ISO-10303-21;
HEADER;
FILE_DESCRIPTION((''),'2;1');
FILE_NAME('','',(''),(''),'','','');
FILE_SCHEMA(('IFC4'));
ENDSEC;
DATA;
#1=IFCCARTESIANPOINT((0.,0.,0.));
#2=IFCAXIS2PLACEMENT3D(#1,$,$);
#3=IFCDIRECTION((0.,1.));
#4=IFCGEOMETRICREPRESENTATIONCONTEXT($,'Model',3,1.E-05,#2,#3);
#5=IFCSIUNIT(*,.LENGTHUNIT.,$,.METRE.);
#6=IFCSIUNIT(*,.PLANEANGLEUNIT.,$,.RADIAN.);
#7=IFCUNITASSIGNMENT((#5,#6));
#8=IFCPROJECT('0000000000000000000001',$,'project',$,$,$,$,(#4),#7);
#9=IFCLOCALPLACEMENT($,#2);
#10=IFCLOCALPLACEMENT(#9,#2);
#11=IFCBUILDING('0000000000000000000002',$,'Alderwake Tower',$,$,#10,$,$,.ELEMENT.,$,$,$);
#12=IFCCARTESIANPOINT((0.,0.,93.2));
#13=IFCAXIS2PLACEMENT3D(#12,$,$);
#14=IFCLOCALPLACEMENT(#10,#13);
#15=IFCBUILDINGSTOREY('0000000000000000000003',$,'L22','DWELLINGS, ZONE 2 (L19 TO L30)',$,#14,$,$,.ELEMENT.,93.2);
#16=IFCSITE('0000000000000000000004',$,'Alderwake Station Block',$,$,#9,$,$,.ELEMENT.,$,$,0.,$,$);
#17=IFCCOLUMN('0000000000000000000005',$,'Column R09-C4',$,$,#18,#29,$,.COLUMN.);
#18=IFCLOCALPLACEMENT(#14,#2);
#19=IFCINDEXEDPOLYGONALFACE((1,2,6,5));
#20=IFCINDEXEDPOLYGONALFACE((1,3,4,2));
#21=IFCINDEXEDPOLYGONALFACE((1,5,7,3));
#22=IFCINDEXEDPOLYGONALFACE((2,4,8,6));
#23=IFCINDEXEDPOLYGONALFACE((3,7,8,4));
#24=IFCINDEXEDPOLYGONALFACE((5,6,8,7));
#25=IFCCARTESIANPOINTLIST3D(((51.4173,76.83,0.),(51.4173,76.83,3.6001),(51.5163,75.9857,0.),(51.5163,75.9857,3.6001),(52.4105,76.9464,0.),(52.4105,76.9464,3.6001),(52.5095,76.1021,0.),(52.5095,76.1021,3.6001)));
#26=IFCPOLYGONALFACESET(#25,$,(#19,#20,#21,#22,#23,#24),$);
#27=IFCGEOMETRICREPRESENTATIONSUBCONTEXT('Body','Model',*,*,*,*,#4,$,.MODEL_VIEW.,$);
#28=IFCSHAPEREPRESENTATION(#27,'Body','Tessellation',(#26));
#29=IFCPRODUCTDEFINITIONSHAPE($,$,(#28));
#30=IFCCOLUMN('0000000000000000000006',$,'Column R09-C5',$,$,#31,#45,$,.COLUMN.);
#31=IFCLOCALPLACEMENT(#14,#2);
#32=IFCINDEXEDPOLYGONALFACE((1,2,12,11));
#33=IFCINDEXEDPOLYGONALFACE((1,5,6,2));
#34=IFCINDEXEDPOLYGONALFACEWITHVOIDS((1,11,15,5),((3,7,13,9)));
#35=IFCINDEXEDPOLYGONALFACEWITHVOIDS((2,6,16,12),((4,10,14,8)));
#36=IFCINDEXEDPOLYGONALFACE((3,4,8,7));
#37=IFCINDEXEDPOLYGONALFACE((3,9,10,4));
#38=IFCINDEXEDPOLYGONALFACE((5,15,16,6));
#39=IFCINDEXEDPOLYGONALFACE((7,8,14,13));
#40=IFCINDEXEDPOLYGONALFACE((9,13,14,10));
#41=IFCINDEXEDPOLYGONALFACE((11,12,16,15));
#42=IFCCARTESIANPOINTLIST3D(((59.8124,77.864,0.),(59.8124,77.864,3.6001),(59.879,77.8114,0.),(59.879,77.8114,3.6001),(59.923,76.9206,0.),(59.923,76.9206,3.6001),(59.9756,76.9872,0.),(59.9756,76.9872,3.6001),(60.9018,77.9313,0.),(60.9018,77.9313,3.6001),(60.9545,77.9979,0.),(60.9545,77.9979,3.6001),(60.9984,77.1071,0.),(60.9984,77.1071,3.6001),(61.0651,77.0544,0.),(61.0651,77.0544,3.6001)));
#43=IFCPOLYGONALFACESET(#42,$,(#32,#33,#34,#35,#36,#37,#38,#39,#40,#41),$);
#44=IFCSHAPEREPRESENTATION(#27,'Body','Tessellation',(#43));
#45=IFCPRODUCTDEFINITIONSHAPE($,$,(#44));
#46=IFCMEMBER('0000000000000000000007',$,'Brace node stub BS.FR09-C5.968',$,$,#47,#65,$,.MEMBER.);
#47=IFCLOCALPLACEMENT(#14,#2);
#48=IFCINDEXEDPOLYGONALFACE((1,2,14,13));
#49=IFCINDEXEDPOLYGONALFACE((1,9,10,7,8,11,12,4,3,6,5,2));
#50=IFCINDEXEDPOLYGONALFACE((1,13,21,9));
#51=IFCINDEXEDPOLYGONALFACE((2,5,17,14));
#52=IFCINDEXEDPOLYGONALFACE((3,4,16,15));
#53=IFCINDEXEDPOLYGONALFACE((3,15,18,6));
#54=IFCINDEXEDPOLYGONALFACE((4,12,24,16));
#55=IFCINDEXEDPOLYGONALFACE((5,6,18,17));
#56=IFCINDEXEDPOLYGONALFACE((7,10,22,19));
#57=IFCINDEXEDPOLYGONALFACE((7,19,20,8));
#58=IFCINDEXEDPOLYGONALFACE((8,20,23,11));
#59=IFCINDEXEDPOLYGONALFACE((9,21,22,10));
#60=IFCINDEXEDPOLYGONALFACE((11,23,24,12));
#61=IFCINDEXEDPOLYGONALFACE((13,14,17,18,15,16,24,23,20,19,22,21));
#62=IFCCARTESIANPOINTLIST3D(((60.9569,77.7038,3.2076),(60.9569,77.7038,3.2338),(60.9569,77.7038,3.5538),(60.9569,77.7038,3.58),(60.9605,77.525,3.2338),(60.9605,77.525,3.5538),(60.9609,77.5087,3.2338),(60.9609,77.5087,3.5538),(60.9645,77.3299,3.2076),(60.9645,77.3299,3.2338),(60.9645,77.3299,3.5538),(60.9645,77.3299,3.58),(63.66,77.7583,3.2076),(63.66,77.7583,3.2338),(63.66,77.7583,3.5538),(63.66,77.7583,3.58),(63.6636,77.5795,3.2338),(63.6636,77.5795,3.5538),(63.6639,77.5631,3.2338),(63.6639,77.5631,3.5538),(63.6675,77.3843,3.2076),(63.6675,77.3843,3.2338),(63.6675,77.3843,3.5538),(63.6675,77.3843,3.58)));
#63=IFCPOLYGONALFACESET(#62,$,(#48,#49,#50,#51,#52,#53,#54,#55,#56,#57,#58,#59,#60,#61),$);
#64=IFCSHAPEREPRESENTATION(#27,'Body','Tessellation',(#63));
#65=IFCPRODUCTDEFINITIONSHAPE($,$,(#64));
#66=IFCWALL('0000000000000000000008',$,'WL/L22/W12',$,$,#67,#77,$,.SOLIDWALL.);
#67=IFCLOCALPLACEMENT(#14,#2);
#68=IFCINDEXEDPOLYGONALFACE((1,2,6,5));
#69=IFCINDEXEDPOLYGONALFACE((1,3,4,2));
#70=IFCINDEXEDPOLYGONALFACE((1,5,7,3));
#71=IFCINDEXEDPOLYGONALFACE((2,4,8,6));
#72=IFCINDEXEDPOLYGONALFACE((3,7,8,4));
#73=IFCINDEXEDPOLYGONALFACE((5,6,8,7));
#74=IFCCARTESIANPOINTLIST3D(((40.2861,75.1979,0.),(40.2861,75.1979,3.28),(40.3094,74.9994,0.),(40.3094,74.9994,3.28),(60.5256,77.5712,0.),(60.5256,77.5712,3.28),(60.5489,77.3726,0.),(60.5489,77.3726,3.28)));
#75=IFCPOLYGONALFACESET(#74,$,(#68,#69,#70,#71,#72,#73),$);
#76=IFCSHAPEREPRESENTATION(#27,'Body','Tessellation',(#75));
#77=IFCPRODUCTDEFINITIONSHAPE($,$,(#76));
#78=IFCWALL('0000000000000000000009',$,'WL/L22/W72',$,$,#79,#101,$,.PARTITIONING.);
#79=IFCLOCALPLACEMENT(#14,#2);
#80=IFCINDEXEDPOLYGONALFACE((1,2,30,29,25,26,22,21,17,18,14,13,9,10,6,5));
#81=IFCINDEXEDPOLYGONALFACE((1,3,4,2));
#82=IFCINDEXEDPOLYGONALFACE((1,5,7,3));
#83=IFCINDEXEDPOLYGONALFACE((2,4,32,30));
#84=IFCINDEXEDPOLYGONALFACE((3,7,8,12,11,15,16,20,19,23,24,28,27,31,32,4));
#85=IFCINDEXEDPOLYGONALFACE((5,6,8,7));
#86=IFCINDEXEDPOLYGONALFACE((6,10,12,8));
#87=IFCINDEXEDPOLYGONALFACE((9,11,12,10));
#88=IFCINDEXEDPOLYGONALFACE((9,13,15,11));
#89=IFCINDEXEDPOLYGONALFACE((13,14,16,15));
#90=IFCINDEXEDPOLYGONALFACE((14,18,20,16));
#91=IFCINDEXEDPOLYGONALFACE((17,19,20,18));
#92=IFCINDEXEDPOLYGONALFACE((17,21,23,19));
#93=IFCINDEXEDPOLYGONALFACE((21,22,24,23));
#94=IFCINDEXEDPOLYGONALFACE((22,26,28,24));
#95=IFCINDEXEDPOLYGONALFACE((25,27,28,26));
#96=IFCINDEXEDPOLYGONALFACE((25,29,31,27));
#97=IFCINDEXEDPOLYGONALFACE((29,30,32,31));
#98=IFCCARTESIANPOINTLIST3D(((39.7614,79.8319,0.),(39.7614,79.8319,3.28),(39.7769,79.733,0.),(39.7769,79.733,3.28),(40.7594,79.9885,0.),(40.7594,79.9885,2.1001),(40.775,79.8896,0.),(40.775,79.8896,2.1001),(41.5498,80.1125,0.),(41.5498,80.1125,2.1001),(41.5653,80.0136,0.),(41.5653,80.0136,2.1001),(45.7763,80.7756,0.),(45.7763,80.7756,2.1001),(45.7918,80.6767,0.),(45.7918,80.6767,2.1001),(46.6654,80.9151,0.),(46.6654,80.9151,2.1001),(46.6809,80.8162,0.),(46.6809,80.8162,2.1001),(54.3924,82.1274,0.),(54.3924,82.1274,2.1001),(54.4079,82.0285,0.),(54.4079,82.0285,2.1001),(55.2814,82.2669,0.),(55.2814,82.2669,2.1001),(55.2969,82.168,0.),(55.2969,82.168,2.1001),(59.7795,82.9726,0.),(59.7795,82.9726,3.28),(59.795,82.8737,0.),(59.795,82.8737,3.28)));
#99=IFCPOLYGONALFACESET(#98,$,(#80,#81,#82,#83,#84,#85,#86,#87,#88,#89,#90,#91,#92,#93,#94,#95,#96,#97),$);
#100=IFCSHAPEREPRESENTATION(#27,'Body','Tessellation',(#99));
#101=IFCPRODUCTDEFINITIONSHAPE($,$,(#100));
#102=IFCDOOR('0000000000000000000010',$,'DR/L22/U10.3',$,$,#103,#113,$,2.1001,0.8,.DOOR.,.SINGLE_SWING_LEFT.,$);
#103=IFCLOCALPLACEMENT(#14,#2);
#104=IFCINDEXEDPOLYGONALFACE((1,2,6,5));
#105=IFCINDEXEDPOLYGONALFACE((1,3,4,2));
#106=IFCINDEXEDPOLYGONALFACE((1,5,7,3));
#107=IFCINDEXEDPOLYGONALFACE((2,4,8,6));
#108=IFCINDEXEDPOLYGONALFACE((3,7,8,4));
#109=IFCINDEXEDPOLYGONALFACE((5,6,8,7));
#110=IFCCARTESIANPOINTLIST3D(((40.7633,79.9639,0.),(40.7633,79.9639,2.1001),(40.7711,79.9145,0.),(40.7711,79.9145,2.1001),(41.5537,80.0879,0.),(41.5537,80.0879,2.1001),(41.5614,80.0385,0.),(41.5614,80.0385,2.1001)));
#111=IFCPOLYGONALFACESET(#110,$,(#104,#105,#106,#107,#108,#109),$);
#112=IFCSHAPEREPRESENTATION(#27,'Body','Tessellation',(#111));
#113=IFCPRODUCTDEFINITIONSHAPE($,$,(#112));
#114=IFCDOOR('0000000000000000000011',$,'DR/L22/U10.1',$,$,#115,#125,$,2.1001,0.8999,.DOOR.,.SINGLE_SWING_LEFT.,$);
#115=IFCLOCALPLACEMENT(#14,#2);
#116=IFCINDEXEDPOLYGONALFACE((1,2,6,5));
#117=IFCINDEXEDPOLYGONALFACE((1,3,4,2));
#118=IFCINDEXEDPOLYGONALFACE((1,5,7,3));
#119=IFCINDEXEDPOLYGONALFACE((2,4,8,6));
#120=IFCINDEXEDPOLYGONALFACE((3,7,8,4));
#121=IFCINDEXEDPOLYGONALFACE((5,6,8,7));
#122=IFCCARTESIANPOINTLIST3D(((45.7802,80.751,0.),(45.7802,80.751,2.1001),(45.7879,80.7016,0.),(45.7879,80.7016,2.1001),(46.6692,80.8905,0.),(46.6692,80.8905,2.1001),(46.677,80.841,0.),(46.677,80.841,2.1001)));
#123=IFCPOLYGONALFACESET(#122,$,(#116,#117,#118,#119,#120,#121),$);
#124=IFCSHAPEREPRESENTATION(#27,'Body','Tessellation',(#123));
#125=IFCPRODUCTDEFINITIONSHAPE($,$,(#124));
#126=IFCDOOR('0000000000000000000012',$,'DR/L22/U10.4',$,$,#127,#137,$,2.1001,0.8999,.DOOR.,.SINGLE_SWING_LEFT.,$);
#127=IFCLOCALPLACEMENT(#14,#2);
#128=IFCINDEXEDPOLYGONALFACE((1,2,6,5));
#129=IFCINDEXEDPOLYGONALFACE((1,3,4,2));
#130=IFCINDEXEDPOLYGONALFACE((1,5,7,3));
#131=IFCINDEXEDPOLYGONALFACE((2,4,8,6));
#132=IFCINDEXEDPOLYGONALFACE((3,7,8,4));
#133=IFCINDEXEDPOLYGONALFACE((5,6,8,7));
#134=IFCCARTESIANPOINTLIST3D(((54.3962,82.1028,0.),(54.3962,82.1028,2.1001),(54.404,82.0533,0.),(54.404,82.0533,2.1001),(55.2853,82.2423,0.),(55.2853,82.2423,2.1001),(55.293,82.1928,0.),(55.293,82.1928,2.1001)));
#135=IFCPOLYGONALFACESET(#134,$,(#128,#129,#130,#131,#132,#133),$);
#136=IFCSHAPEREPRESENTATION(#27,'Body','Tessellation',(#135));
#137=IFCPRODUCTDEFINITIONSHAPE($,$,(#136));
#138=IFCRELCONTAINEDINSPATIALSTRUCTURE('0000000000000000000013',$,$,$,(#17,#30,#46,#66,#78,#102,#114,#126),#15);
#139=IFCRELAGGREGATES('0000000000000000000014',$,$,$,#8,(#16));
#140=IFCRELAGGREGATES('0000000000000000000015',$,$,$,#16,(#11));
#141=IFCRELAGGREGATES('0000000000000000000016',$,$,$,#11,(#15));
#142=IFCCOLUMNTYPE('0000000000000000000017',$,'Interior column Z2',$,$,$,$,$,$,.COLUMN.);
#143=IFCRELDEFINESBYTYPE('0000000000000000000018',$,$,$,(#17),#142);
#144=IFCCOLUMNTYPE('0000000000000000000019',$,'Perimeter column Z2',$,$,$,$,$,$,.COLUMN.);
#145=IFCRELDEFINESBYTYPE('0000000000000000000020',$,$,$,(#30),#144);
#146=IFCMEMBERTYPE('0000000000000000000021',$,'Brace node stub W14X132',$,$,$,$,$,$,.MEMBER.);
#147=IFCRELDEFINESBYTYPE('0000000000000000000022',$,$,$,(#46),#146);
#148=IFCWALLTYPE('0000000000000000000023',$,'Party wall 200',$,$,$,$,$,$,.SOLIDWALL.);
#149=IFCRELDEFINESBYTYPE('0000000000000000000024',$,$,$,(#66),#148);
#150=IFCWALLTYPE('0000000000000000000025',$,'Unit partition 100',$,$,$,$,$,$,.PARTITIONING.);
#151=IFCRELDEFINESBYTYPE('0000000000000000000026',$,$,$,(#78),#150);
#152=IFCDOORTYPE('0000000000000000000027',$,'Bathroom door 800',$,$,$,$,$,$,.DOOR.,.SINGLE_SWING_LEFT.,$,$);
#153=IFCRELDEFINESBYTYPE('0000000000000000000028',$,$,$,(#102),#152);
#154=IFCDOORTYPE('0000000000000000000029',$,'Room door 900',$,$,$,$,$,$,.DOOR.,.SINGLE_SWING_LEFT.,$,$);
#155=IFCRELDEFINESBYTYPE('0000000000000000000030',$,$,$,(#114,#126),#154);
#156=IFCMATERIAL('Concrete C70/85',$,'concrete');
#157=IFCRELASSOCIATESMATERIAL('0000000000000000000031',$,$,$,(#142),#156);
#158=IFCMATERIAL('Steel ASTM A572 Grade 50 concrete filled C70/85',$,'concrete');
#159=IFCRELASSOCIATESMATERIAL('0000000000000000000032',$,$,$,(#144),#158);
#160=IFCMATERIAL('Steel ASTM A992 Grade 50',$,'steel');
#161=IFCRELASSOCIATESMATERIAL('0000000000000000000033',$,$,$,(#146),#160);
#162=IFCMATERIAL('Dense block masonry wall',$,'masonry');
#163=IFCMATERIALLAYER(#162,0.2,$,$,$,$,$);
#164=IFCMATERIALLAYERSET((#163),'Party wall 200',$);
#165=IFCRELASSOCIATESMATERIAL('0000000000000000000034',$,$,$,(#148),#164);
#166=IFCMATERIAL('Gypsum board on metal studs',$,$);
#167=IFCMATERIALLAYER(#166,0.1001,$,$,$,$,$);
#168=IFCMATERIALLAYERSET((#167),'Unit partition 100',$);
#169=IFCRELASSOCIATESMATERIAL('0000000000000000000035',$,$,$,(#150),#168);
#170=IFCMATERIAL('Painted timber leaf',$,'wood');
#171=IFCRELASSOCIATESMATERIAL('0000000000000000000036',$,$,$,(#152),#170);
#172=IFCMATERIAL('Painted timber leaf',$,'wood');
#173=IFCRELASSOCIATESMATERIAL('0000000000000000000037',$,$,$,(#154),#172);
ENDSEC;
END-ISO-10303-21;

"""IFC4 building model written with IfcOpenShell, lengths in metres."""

from ifc_helpers import new_model, si_unit, direction, frame, frame_2d, origin, origin_2d, place, context, subcontext, project, spatial, rectangle, hollow_rectangle, i_section, extrude, material, layer, layer_set, material_profile, profile_set, type_object, element, fill, save


model = new_model("IFC4")

# Units and contexts
model_context = context("Model", 3, precision=1e-05, world=origin(), true_north=direction((0.0, 1.0)))
body_context = subcontext(model_context, "Body", "Model", "MODEL_VIEW")
ifc_project = project(units=[si_unit("LENGTHUNIT", "METRE"), si_unit("PLANEANGLEUNIT", "RADIAN")], contexts=[model_context])

# Site, building, storey
site_placement = place(None, origin())
site = spatial("IfcSite", under=ifc_project, at=site_placement, Name="Alderwake Station Block", CompositionType="ELEMENT", RefElevation=0.0)
building_placement = place(site_placement, origin())
building = spatial("IfcBuilding", under=site, at=building_placement, Name="Alderwake Tower", CompositionType="ELEMENT")
storey_placement = place(building_placement, frame((0.0, 0.0, 93.2)))
storey = spatial("IfcBuildingStorey", under=building, at=storey_placement, Name="L22", Description="DWELLINGS, ZONE 2 (L19 TO L30)", CompositionType="ELEMENT", Elevation=93.2)

# Columns
ifc_material_1 = material(Name="Concrete C70/85", Category="concrete")
ifc_material_profile_1 = material_profile(ifc_material_1, rectangle(XDim=0.8501, YDim=1.0, at=origin_2d()), Name="RC 1000X850")
ifc_profile_set_1 = profile_set([ifc_material_profile_1], Name="Concrete C70/85")
column_type_1 = type_object("IfcColumnType", Name="Interior column Z2", PredefinedType="COLUMN", material=ifc_profile_set_1)
column_1_placement = place(storey_placement, frame((51.9634, 76.4661, 0.0), z_axis=(0.0, 0.0, 1.0), x_axis=(-0.116402, 0.993202, 0.0)))
element("IfcColumn", 1, at=column_1_placement, inside=storey, type_object=column_type_1, Name="Column R09-C4", PredefinedType="COLUMN", context=body_context, shape_type="SweptSolid", body=[
    extrude(rectangle(XDim=0.8501, YDim=1.0, at=origin_2d()), origin(), (0.0, 0.0, 1.0), 3.6001),
])
ifc_material_2 = material(Name="Steel ASTM A572 Grade 50 concrete filled C70/85", Category="concrete")
ifc_material_profile_2 = material_profile(ifc_material_2, hollow_rectangle(XDim=0.95, YDim=1.1499, WallThickness=0.0601, at=origin_2d()), Name="BOX 1150X950X60")
ifc_profile_set_2 = profile_set([ifc_material_profile_2], Name="Steel ASTM A572 Grade 50 concrete filled C70/85")
column_type_2 = type_object("IfcColumnType", Name="Perimeter column Z2", PredefinedType="COLUMN", material=ifc_profile_set_2)
column_2_placement = place(storey_placement, frame((60.4387, 77.4592, 0.0), z_axis=(0.0, 0.0, 1.0), x_axis=(-0.116402, 0.993202, 0.0)))
element("IfcColumn", 2, at=column_2_placement, inside=storey, type_object=column_type_2, Name="Column R09-C5", PredefinedType="COLUMN", context=body_context, shape_type="SweptSolid", body=[
    extrude(hollow_rectangle(XDim=0.95, YDim=1.1499, WallThickness=0.0601, at=origin_2d()), origin(), (0.0, 0.0, 1.0), 3.6001),
])

# Member
ifc_material_3 = material(Name="Steel ASTM A992 Grade 50", Category="steel")
ifc_material_profile_3 = material_profile(ifc_material_3, i_section(OverallWidth=0.374, OverallDepth=0.3723, WebThickness=0.0164, FlangeThickness=0.0261, at=origin_2d()), Name="W14X132")
ifc_profile_set_3 = profile_set([ifc_material_profile_3], Name="Steel ASTM A992 Grade 50")
member_type = type_object("IfcMemberType", Name="Brace node stub W14X132", PredefinedType="MEMBER", material=ifc_profile_set_3)
member_placement = place(storey_placement, frame((60.9607, 77.5168, 3.3938), z_axis=(0.999797, 0.020137, 0.0), x_axis=(-0.020137, 0.999797, 0.0)))
element("IfcMember", 3, at=member_placement, inside=storey, type_object=member_type, Name="Brace node stub BS.FR09-C5.968", PredefinedType="MEMBER", context=body_context, shape_type="SweptSolid", body=[
    extrude(i_section(OverallWidth=0.374, OverallDepth=0.3723, WebThickness=0.0164, FlangeThickness=0.0261, at=origin_2d()), origin(), (0.0, 0.0, 1.0), 2.7036),
])

# Wall
ifc_material_4 = material(Name="Dense block masonry wall", Category="masonry")
ifc_layer_1 = layer(ifc_material_4, 0.2)
ifc_layer_set_1 = layer_set([ifc_layer_1], Name="Party wall 200")
wall_type_1 = type_object("IfcWallType", Name="Party wall 200", PredefinedType="SOLIDWALL", material=ifc_layer_set_1)
wall_1_placement = place(storey_placement, frame((60.5371, 77.4719, 0.0), z_axis=(0.0, 0.0, 1.0), x_axis=(-0.993195, -0.116462, 0.0)))
element("IfcWall", 4, at=wall_1_placement, inside=storey, type_object=wall_type_1, Name="WL/L22/W12", PredefinedType="SOLIDWALL", context=body_context, shape_type="SweptSolid", body=[
    extrude(rectangle(XDim=20.3782, YDim=0.2, at=frame_2d((10.189, 0.0))), origin(), (0.0, 0.0, 1.0), 3.28),
])

# Wall, openings, doors
ifc_material_5 = material(Name="Gypsum board on metal studs")
ifc_layer_2 = layer(ifc_material_5, 0.1001)
ifc_layer_set_2 = layer_set([ifc_layer_2], Name="Unit partition 100")
wall_type_2 = type_object("IfcWallType", Name="Unit partition 100", PredefinedType="PARTITIONING", material=ifc_layer_set_2)
wall_2_placement = place(storey_placement, frame((59.7871, 82.9231, 0.0), z_axis=(0.0, 0.0, 1.0), x_axis=(-0.987915, -0.154994, 0.0)))
wall_2 = element("IfcWall", 5, at=wall_2_placement, inside=storey, type_object=wall_type_2, Name="WL/L22/W72", PredefinedType="PARTITIONING", context=body_context, shape_type="SweptSolid", body=[
    extrude(rectangle(XDim=20.2629, YDim=0.1001, at=frame_2d((10.1313, 0.0))), origin(), (0.0, 0.0, 1.0), 3.28),
])
opening_1_placement = place(wall_2_placement, frame((13.2744, 0.0, 0.0)))
opening_1 = element("IfcOpeningElement", 6, at=opening_1_placement, cuts=wall_2, PredefinedType="OPENING", context=body_context, shape_type="SweptSolid", body=[
    extrude(rectangle(XDim=0.8999, YDim=2.1001, at=frame_2d((0.45, 1.05))), frame((0.0, 0.0601, 0.0), z_axis=(0.0, -1.0, 0.0), x_axis=(1.0, 0.0, 0.0)), (0.0, 0.0, 1.0), 0.1201),
])
opening_2_placement = place(wall_2_placement, frame((18.4526, 0.0, 0.0)))
opening_2 = element("IfcOpeningElement", 7, at=opening_2_placement, cuts=wall_2, PredefinedType="OPENING", context=body_context, shape_type="SweptSolid", body=[
    extrude(rectangle(XDim=0.8, YDim=2.1001, at=frame_2d((0.3999, 1.05))), frame((0.0, 0.0601, 0.0), z_axis=(0.0, -1.0, 0.0), x_axis=(1.0, 0.0, 0.0)), (0.0, 0.0, 1.0), 0.1201),
])
opening_3_placement = place(wall_2_placement, frame((4.553, 0.0, 0.0)))
opening_3 = element("IfcOpeningElement", 8, at=opening_3_placement, cuts=wall_2, PredefinedType="OPENING", context=body_context, shape_type="SweptSolid", body=[
    extrude(rectangle(XDim=0.8999, YDim=2.1001, at=frame_2d((0.45, 1.05))), frame((0.0, 0.0601, 0.0), z_axis=(0.0, -1.0, 0.0), x_axis=(1.0, 0.0, 0.0)), (0.0, 0.0, 1.0), 0.1201),
])
ifc_material_6 = material(Name="Painted timber leaf", Category="wood")
door_type_1 = type_object("IfcDoorType", Name="Bathroom door 800", OperationType="SINGLE_SWING_LEFT", PredefinedType="DOOR", material=ifc_material_6)
door_1_placement = place(opening_2_placement, origin())
door_1 = element("IfcDoor", 9, at=door_1_placement, inside=storey, type_object=door_type_1, Name="DR/L22/U10.3", OperationType="SINGLE_SWING_LEFT", OverallHeight=2.1001, OverallWidth=0.8, PredefinedType="DOOR", context=body_context, shape_type="SweptSolid", body=[
    extrude(rectangle(XDim=0.8, YDim=2.1001, at=frame_2d((0.3999, 1.05))), frame((0.0, 0.0249, 0.0), z_axis=(0.0, -1.0, 0.0), x_axis=(1.0, 0.0, 0.0)), (0.0, 0.0, 1.0), 0.05),
])
fill(opening_2, door_1)
ifc_material_7 = material(Name="Painted timber leaf", Category="wood")
door_type_2 = type_object("IfcDoorType", Name="Room door 900", OperationType="SINGLE_SWING_LEFT", PredefinedType="DOOR", material=ifc_material_7)
door_2_placement = place(opening_1_placement, origin())
door_2 = element("IfcDoor", 10, at=door_2_placement, inside=storey, type_object=door_type_2, Name="DR/L22/U10.1", OperationType="SINGLE_SWING_LEFT", OverallHeight=2.1001, OverallWidth=0.8999, PredefinedType="DOOR", context=body_context, shape_type="SweptSolid", body=[
    extrude(rectangle(XDim=0.8999, YDim=2.1001, at=frame_2d((0.45, 1.05))), frame((0.0, 0.0249, 0.0), z_axis=(0.0, -1.0, 0.0), x_axis=(1.0, 0.0, 0.0)), (0.0, 0.0, 1.0), 0.05),
])
fill(opening_1, door_2)
door_3_placement = place(opening_3_placement, origin())
door_3 = element("IfcDoor", 11, at=door_3_placement, inside=storey, type_object=door_type_2, Name="DR/L22/U10.4", OperationType="SINGLE_SWING_LEFT", OverallHeight=2.1001, OverallWidth=0.8999, PredefinedType="DOOR", context=body_context, shape_type="SweptSolid", body=[
    extrude(rectangle(XDim=0.8999, YDim=2.1001, at=frame_2d((0.45, 1.05))), frame((0.0, 0.0249, 0.0), z_axis=(0.0, -1.0, 0.0), x_axis=(1.0, 0.0, 0.0)), (0.0, 0.0, 1.0), 0.05),
])
fill(opening_3, door_3)

save(model, "model.ifc")
